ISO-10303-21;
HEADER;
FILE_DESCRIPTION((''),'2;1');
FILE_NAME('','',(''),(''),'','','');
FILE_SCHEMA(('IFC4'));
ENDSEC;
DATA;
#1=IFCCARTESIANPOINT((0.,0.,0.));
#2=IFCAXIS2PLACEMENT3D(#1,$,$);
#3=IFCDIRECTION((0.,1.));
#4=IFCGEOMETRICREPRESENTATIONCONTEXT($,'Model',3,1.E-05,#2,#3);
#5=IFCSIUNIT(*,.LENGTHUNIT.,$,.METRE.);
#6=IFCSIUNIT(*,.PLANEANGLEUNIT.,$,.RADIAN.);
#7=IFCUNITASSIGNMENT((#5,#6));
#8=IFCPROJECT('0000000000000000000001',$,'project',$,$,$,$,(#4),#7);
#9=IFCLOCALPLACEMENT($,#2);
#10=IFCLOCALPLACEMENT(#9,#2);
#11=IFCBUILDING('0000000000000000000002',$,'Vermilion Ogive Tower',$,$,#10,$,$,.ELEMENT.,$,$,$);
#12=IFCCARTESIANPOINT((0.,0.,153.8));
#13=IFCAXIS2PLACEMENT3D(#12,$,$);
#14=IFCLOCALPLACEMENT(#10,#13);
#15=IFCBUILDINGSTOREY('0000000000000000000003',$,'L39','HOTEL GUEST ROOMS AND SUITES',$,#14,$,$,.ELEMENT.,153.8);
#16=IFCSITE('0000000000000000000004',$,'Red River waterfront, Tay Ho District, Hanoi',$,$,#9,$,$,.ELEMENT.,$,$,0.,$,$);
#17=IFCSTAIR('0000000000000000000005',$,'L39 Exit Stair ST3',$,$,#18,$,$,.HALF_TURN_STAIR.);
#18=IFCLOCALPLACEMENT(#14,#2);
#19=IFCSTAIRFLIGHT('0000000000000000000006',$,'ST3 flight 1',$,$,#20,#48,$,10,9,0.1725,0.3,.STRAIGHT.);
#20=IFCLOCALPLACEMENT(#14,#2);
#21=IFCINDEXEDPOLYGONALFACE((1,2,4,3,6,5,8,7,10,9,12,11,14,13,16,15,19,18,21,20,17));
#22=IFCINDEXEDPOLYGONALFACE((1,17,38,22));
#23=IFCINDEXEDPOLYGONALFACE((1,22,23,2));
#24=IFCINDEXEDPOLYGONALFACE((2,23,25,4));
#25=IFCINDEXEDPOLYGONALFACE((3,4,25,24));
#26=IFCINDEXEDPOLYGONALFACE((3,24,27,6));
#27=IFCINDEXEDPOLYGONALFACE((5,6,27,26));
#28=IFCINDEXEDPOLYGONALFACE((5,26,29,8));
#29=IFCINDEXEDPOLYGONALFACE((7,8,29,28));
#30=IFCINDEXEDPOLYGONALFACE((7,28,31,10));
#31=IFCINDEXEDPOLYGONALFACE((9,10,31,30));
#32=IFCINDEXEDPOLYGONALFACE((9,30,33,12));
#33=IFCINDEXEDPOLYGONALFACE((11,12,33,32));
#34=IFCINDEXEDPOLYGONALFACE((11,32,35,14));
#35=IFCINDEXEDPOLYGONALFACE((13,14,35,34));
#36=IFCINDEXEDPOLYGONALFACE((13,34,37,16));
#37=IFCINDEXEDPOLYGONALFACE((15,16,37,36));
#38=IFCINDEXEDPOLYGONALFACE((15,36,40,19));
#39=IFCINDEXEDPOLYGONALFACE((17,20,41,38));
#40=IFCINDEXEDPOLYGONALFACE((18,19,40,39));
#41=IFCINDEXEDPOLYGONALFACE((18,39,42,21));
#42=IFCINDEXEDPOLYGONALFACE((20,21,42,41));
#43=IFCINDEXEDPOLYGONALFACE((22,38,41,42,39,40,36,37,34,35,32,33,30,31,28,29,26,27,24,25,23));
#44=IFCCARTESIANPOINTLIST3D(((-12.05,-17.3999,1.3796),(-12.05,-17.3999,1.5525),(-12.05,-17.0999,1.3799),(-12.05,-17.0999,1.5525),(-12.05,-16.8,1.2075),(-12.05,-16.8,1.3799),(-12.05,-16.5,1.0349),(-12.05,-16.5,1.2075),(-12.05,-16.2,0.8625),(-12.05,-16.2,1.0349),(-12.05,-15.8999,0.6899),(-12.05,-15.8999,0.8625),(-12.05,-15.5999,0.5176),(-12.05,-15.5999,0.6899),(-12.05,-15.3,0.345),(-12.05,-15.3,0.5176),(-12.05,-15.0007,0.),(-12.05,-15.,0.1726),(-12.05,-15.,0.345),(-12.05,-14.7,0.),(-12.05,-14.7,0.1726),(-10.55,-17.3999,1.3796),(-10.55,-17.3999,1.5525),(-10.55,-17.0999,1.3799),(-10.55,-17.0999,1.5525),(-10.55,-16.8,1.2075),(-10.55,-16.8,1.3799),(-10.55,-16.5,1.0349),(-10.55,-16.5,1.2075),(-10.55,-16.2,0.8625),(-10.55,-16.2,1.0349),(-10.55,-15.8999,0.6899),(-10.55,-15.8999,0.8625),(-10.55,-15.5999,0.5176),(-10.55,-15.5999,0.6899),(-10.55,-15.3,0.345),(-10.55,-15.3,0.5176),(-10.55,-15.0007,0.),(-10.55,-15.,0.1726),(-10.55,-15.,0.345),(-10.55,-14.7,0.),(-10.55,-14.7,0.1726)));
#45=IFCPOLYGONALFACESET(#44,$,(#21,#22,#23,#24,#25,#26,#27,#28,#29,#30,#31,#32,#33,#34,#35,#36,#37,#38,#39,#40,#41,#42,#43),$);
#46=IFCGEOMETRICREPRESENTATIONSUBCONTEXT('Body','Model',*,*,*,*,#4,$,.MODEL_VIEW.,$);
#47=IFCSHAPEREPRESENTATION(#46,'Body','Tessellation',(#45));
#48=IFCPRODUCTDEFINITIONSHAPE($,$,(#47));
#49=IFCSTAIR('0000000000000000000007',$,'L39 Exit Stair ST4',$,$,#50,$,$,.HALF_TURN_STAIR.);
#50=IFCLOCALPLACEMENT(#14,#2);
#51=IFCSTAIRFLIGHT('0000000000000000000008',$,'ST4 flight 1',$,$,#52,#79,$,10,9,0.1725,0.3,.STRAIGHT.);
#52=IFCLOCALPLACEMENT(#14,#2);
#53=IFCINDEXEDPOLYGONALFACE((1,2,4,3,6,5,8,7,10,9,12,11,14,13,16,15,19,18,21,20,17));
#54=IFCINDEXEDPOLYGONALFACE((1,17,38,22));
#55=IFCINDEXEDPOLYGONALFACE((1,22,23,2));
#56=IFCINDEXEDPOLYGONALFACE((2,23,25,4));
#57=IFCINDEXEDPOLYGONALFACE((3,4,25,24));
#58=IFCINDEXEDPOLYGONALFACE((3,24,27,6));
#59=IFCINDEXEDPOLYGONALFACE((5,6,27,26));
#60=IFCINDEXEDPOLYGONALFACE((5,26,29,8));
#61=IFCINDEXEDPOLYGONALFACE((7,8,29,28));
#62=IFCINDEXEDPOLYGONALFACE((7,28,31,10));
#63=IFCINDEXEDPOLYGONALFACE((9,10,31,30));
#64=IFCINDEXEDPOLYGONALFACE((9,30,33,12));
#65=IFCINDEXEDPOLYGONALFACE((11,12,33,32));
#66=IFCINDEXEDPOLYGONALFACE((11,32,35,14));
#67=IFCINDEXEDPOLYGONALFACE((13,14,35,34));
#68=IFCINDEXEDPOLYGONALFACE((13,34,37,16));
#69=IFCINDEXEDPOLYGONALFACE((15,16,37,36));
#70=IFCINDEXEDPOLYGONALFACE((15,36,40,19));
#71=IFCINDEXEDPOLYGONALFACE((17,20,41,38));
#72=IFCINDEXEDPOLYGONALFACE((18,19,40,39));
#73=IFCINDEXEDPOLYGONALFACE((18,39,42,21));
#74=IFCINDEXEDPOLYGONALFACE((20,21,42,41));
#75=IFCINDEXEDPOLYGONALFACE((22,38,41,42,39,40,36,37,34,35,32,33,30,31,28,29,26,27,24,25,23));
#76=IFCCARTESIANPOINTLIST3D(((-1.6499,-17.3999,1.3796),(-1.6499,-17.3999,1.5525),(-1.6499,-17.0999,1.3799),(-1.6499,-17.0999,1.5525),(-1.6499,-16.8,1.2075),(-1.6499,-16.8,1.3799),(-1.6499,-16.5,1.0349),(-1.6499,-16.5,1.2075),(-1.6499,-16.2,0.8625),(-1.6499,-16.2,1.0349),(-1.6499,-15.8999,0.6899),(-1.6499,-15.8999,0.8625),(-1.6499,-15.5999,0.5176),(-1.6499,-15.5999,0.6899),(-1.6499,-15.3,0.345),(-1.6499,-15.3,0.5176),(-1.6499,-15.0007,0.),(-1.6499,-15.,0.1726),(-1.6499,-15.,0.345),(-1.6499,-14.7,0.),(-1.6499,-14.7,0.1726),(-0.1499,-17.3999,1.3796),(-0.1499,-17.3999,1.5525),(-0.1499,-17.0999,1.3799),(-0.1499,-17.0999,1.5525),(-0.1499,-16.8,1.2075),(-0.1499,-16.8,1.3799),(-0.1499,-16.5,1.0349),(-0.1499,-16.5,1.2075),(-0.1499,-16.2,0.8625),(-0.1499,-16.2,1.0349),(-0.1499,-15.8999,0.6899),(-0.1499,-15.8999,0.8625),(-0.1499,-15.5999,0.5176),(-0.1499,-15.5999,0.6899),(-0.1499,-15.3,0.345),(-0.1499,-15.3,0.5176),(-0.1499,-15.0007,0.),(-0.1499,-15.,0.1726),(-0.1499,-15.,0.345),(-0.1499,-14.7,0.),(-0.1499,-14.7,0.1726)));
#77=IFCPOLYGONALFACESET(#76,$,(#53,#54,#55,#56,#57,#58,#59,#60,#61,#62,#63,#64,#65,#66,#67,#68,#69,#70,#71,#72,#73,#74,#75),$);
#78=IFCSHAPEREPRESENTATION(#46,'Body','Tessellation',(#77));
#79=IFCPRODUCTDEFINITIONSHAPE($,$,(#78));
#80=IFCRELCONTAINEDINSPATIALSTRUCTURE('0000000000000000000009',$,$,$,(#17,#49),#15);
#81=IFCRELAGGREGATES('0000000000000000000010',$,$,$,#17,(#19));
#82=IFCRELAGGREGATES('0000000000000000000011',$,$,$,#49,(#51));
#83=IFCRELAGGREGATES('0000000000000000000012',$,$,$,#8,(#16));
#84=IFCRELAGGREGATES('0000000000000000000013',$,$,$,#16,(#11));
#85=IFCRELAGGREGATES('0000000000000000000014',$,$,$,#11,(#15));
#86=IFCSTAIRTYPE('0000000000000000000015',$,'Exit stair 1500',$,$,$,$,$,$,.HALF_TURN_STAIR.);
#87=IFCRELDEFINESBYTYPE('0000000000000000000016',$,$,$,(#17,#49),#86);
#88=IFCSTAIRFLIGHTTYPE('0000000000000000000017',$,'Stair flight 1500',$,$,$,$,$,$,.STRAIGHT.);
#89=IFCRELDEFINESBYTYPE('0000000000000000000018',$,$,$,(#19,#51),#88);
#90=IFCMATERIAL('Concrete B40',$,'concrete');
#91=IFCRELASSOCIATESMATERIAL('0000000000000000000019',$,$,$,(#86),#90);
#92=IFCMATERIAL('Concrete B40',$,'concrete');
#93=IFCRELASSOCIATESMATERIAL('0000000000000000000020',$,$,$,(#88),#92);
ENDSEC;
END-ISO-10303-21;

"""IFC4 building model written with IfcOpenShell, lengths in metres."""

from ifc_helpers import new_model, si_unit, direction, frame, origin, place, context, subcontext, project, spatial, polyline, outline, extrude, material, type_object, element, aggregate, save


model = new_model("IFC4")

# Units and contexts
model_context = context("Model", 3, precision=1e-05, world=origin(), true_north=direction((0.0, 1.0)))
body_context = subcontext(model_context, "Body", "Model", "MODEL_VIEW")
ifc_project = project(units=[si_unit("LENGTHUNIT", "METRE"), si_unit("PLANEANGLEUNIT", "RADIAN")], contexts=[model_context])

# Site, building, storey
site_placement = place(None, origin())
site = spatial("IfcSite", under=ifc_project, at=site_placement, Name="Red River waterfront, Tay Ho District, Hanoi", CompositionType="ELEMENT", RefElevation=0.0)
building_placement = place(site_placement, origin())
building = spatial("IfcBuilding", under=site, at=building_placement, Name="Vermilion Ogive Tower", CompositionType="ELEMENT")
storey_placement = place(building_placement, frame((0.0, 0.0, 153.8)))
storey = spatial("IfcBuildingStorey", under=building, at=storey_placement, Name="L39", Description="HOTEL GUEST ROOMS AND SUITES", CompositionType="ELEMENT", Elevation=153.8)

# Stairs, stair flights
ifc_material_1 = material(Name="Concrete B40", Category="concrete")
stair_type = type_object("IfcStairType", Name="Exit stair 1500", PredefinedType="HALF_TURN_STAIR", material=ifc_material_1)
stair_1_placement = place(storey_placement, origin())
stair_1 = element("IfcStair", 1, at=stair_1_placement, inside=storey, type_object=stair_type, Name="L39 Exit Stair ST3", PredefinedType="HALF_TURN_STAIR")
ifc_material_2 = material(Name="Concrete B40", Category="concrete")
stair_flight_type = type_object("IfcStairFlightType", Name="Stair flight 1500", PredefinedType="STRAIGHT", material=ifc_material_2)
stair_flight_1_placement = place(storey_placement, frame((-11.3, -14.7, 0.0), z_axis=(0.0, 0.0, 1.0), x_axis=(0.0, -1.0, 0.0)))
stair_flight_1 = element("IfcStairFlight", 2, at=stair_flight_1_placement, type_object=stair_flight_type, Name="ST3 flight 1", NumberOfRisers=10, NumberOfTreads=9, PredefinedType="STRAIGHT", RiserHeight=0.1725, TreadLength=0.3, context=body_context, shape_type="SweptSolid", body=[
    extrude(outline(polyline([(0.0, 0.0), (0.0, 0.1726), (0.3, 0.1726), (0.3, 0.345), (0.6001, 0.345), (0.6001, 0.5176), (0.8999, 0.5176), (0.8999, 0.6899), (1.2, 0.6899), (1.2, 0.8625), (1.5, 0.8625), (1.5, 1.0349), (1.8, 1.0349), (1.8, 1.2075), (2.1001, 1.2075), (2.1001, 1.3799), (2.3999, 1.3799), (2.3999, 1.5525), (2.7, 1.5525), (2.7, 1.7251), (2.7, 1.3796), (0.3008, 0.0), (0.0, 0.0)])), frame((0.0, 0.75, 0.0), z_axis=(0.0, -1.0, 0.0), x_axis=(1.0, 0.0, 0.0)), (0.0, 0.0, 1.0), 1.5),
])
aggregate(stair_1, [stair_flight_1])
stair_2_placement = place(storey_placement, origin())
stair_2 = element("IfcStair", 3, at=stair_2_placement, inside=storey, type_object=stair_type, Name="L39 Exit Stair ST4", PredefinedType="HALF_TURN_STAIR")
stair_flight_2_placement = place(storey_placement, frame((-0.8999, -14.7, 0.0), z_axis=(0.0, 0.0, 1.0), x_axis=(0.0, -1.0, 0.0)))
stair_flight_2 = element("IfcStairFlight", 4, at=stair_flight_2_placement, type_object=stair_flight_type, Name="ST4 flight 1", NumberOfRisers=10, NumberOfTreads=9, PredefinedType="STRAIGHT", RiserHeight=0.1725, TreadLength=0.3, context=body_context, shape_type="SweptSolid", body=[
    extrude(outline(polyline([(0.0, 0.0), (0.0, 0.1726), (0.3, 0.1726), (0.3, 0.345), (0.6001, 0.345), (0.6001, 0.5176), (0.8999, 0.5176), (0.8999, 0.6899), (1.2, 0.6899), (1.2, 0.8625), (1.5, 0.8625), (1.5, 1.0349), (1.8, 1.0349), (1.8, 1.2075), (2.1001, 1.2075), (2.1001, 1.3799), (2.3999, 1.3799), (2.3999, 1.5525), (2.7, 1.5525), (2.7, 1.7251), (2.7, 1.3796), (0.3008, 0.0), (0.0, 0.0)])), frame((0.0, 0.75, 0.0), z_axis=(0.0, -1.0, 0.0), x_axis=(1.0, 0.0, 0.0)), (0.0, 0.0, 1.0), 1.5),
])
aggregate(stair_2, [stair_flight_2])

save(model, "model.ifc")
